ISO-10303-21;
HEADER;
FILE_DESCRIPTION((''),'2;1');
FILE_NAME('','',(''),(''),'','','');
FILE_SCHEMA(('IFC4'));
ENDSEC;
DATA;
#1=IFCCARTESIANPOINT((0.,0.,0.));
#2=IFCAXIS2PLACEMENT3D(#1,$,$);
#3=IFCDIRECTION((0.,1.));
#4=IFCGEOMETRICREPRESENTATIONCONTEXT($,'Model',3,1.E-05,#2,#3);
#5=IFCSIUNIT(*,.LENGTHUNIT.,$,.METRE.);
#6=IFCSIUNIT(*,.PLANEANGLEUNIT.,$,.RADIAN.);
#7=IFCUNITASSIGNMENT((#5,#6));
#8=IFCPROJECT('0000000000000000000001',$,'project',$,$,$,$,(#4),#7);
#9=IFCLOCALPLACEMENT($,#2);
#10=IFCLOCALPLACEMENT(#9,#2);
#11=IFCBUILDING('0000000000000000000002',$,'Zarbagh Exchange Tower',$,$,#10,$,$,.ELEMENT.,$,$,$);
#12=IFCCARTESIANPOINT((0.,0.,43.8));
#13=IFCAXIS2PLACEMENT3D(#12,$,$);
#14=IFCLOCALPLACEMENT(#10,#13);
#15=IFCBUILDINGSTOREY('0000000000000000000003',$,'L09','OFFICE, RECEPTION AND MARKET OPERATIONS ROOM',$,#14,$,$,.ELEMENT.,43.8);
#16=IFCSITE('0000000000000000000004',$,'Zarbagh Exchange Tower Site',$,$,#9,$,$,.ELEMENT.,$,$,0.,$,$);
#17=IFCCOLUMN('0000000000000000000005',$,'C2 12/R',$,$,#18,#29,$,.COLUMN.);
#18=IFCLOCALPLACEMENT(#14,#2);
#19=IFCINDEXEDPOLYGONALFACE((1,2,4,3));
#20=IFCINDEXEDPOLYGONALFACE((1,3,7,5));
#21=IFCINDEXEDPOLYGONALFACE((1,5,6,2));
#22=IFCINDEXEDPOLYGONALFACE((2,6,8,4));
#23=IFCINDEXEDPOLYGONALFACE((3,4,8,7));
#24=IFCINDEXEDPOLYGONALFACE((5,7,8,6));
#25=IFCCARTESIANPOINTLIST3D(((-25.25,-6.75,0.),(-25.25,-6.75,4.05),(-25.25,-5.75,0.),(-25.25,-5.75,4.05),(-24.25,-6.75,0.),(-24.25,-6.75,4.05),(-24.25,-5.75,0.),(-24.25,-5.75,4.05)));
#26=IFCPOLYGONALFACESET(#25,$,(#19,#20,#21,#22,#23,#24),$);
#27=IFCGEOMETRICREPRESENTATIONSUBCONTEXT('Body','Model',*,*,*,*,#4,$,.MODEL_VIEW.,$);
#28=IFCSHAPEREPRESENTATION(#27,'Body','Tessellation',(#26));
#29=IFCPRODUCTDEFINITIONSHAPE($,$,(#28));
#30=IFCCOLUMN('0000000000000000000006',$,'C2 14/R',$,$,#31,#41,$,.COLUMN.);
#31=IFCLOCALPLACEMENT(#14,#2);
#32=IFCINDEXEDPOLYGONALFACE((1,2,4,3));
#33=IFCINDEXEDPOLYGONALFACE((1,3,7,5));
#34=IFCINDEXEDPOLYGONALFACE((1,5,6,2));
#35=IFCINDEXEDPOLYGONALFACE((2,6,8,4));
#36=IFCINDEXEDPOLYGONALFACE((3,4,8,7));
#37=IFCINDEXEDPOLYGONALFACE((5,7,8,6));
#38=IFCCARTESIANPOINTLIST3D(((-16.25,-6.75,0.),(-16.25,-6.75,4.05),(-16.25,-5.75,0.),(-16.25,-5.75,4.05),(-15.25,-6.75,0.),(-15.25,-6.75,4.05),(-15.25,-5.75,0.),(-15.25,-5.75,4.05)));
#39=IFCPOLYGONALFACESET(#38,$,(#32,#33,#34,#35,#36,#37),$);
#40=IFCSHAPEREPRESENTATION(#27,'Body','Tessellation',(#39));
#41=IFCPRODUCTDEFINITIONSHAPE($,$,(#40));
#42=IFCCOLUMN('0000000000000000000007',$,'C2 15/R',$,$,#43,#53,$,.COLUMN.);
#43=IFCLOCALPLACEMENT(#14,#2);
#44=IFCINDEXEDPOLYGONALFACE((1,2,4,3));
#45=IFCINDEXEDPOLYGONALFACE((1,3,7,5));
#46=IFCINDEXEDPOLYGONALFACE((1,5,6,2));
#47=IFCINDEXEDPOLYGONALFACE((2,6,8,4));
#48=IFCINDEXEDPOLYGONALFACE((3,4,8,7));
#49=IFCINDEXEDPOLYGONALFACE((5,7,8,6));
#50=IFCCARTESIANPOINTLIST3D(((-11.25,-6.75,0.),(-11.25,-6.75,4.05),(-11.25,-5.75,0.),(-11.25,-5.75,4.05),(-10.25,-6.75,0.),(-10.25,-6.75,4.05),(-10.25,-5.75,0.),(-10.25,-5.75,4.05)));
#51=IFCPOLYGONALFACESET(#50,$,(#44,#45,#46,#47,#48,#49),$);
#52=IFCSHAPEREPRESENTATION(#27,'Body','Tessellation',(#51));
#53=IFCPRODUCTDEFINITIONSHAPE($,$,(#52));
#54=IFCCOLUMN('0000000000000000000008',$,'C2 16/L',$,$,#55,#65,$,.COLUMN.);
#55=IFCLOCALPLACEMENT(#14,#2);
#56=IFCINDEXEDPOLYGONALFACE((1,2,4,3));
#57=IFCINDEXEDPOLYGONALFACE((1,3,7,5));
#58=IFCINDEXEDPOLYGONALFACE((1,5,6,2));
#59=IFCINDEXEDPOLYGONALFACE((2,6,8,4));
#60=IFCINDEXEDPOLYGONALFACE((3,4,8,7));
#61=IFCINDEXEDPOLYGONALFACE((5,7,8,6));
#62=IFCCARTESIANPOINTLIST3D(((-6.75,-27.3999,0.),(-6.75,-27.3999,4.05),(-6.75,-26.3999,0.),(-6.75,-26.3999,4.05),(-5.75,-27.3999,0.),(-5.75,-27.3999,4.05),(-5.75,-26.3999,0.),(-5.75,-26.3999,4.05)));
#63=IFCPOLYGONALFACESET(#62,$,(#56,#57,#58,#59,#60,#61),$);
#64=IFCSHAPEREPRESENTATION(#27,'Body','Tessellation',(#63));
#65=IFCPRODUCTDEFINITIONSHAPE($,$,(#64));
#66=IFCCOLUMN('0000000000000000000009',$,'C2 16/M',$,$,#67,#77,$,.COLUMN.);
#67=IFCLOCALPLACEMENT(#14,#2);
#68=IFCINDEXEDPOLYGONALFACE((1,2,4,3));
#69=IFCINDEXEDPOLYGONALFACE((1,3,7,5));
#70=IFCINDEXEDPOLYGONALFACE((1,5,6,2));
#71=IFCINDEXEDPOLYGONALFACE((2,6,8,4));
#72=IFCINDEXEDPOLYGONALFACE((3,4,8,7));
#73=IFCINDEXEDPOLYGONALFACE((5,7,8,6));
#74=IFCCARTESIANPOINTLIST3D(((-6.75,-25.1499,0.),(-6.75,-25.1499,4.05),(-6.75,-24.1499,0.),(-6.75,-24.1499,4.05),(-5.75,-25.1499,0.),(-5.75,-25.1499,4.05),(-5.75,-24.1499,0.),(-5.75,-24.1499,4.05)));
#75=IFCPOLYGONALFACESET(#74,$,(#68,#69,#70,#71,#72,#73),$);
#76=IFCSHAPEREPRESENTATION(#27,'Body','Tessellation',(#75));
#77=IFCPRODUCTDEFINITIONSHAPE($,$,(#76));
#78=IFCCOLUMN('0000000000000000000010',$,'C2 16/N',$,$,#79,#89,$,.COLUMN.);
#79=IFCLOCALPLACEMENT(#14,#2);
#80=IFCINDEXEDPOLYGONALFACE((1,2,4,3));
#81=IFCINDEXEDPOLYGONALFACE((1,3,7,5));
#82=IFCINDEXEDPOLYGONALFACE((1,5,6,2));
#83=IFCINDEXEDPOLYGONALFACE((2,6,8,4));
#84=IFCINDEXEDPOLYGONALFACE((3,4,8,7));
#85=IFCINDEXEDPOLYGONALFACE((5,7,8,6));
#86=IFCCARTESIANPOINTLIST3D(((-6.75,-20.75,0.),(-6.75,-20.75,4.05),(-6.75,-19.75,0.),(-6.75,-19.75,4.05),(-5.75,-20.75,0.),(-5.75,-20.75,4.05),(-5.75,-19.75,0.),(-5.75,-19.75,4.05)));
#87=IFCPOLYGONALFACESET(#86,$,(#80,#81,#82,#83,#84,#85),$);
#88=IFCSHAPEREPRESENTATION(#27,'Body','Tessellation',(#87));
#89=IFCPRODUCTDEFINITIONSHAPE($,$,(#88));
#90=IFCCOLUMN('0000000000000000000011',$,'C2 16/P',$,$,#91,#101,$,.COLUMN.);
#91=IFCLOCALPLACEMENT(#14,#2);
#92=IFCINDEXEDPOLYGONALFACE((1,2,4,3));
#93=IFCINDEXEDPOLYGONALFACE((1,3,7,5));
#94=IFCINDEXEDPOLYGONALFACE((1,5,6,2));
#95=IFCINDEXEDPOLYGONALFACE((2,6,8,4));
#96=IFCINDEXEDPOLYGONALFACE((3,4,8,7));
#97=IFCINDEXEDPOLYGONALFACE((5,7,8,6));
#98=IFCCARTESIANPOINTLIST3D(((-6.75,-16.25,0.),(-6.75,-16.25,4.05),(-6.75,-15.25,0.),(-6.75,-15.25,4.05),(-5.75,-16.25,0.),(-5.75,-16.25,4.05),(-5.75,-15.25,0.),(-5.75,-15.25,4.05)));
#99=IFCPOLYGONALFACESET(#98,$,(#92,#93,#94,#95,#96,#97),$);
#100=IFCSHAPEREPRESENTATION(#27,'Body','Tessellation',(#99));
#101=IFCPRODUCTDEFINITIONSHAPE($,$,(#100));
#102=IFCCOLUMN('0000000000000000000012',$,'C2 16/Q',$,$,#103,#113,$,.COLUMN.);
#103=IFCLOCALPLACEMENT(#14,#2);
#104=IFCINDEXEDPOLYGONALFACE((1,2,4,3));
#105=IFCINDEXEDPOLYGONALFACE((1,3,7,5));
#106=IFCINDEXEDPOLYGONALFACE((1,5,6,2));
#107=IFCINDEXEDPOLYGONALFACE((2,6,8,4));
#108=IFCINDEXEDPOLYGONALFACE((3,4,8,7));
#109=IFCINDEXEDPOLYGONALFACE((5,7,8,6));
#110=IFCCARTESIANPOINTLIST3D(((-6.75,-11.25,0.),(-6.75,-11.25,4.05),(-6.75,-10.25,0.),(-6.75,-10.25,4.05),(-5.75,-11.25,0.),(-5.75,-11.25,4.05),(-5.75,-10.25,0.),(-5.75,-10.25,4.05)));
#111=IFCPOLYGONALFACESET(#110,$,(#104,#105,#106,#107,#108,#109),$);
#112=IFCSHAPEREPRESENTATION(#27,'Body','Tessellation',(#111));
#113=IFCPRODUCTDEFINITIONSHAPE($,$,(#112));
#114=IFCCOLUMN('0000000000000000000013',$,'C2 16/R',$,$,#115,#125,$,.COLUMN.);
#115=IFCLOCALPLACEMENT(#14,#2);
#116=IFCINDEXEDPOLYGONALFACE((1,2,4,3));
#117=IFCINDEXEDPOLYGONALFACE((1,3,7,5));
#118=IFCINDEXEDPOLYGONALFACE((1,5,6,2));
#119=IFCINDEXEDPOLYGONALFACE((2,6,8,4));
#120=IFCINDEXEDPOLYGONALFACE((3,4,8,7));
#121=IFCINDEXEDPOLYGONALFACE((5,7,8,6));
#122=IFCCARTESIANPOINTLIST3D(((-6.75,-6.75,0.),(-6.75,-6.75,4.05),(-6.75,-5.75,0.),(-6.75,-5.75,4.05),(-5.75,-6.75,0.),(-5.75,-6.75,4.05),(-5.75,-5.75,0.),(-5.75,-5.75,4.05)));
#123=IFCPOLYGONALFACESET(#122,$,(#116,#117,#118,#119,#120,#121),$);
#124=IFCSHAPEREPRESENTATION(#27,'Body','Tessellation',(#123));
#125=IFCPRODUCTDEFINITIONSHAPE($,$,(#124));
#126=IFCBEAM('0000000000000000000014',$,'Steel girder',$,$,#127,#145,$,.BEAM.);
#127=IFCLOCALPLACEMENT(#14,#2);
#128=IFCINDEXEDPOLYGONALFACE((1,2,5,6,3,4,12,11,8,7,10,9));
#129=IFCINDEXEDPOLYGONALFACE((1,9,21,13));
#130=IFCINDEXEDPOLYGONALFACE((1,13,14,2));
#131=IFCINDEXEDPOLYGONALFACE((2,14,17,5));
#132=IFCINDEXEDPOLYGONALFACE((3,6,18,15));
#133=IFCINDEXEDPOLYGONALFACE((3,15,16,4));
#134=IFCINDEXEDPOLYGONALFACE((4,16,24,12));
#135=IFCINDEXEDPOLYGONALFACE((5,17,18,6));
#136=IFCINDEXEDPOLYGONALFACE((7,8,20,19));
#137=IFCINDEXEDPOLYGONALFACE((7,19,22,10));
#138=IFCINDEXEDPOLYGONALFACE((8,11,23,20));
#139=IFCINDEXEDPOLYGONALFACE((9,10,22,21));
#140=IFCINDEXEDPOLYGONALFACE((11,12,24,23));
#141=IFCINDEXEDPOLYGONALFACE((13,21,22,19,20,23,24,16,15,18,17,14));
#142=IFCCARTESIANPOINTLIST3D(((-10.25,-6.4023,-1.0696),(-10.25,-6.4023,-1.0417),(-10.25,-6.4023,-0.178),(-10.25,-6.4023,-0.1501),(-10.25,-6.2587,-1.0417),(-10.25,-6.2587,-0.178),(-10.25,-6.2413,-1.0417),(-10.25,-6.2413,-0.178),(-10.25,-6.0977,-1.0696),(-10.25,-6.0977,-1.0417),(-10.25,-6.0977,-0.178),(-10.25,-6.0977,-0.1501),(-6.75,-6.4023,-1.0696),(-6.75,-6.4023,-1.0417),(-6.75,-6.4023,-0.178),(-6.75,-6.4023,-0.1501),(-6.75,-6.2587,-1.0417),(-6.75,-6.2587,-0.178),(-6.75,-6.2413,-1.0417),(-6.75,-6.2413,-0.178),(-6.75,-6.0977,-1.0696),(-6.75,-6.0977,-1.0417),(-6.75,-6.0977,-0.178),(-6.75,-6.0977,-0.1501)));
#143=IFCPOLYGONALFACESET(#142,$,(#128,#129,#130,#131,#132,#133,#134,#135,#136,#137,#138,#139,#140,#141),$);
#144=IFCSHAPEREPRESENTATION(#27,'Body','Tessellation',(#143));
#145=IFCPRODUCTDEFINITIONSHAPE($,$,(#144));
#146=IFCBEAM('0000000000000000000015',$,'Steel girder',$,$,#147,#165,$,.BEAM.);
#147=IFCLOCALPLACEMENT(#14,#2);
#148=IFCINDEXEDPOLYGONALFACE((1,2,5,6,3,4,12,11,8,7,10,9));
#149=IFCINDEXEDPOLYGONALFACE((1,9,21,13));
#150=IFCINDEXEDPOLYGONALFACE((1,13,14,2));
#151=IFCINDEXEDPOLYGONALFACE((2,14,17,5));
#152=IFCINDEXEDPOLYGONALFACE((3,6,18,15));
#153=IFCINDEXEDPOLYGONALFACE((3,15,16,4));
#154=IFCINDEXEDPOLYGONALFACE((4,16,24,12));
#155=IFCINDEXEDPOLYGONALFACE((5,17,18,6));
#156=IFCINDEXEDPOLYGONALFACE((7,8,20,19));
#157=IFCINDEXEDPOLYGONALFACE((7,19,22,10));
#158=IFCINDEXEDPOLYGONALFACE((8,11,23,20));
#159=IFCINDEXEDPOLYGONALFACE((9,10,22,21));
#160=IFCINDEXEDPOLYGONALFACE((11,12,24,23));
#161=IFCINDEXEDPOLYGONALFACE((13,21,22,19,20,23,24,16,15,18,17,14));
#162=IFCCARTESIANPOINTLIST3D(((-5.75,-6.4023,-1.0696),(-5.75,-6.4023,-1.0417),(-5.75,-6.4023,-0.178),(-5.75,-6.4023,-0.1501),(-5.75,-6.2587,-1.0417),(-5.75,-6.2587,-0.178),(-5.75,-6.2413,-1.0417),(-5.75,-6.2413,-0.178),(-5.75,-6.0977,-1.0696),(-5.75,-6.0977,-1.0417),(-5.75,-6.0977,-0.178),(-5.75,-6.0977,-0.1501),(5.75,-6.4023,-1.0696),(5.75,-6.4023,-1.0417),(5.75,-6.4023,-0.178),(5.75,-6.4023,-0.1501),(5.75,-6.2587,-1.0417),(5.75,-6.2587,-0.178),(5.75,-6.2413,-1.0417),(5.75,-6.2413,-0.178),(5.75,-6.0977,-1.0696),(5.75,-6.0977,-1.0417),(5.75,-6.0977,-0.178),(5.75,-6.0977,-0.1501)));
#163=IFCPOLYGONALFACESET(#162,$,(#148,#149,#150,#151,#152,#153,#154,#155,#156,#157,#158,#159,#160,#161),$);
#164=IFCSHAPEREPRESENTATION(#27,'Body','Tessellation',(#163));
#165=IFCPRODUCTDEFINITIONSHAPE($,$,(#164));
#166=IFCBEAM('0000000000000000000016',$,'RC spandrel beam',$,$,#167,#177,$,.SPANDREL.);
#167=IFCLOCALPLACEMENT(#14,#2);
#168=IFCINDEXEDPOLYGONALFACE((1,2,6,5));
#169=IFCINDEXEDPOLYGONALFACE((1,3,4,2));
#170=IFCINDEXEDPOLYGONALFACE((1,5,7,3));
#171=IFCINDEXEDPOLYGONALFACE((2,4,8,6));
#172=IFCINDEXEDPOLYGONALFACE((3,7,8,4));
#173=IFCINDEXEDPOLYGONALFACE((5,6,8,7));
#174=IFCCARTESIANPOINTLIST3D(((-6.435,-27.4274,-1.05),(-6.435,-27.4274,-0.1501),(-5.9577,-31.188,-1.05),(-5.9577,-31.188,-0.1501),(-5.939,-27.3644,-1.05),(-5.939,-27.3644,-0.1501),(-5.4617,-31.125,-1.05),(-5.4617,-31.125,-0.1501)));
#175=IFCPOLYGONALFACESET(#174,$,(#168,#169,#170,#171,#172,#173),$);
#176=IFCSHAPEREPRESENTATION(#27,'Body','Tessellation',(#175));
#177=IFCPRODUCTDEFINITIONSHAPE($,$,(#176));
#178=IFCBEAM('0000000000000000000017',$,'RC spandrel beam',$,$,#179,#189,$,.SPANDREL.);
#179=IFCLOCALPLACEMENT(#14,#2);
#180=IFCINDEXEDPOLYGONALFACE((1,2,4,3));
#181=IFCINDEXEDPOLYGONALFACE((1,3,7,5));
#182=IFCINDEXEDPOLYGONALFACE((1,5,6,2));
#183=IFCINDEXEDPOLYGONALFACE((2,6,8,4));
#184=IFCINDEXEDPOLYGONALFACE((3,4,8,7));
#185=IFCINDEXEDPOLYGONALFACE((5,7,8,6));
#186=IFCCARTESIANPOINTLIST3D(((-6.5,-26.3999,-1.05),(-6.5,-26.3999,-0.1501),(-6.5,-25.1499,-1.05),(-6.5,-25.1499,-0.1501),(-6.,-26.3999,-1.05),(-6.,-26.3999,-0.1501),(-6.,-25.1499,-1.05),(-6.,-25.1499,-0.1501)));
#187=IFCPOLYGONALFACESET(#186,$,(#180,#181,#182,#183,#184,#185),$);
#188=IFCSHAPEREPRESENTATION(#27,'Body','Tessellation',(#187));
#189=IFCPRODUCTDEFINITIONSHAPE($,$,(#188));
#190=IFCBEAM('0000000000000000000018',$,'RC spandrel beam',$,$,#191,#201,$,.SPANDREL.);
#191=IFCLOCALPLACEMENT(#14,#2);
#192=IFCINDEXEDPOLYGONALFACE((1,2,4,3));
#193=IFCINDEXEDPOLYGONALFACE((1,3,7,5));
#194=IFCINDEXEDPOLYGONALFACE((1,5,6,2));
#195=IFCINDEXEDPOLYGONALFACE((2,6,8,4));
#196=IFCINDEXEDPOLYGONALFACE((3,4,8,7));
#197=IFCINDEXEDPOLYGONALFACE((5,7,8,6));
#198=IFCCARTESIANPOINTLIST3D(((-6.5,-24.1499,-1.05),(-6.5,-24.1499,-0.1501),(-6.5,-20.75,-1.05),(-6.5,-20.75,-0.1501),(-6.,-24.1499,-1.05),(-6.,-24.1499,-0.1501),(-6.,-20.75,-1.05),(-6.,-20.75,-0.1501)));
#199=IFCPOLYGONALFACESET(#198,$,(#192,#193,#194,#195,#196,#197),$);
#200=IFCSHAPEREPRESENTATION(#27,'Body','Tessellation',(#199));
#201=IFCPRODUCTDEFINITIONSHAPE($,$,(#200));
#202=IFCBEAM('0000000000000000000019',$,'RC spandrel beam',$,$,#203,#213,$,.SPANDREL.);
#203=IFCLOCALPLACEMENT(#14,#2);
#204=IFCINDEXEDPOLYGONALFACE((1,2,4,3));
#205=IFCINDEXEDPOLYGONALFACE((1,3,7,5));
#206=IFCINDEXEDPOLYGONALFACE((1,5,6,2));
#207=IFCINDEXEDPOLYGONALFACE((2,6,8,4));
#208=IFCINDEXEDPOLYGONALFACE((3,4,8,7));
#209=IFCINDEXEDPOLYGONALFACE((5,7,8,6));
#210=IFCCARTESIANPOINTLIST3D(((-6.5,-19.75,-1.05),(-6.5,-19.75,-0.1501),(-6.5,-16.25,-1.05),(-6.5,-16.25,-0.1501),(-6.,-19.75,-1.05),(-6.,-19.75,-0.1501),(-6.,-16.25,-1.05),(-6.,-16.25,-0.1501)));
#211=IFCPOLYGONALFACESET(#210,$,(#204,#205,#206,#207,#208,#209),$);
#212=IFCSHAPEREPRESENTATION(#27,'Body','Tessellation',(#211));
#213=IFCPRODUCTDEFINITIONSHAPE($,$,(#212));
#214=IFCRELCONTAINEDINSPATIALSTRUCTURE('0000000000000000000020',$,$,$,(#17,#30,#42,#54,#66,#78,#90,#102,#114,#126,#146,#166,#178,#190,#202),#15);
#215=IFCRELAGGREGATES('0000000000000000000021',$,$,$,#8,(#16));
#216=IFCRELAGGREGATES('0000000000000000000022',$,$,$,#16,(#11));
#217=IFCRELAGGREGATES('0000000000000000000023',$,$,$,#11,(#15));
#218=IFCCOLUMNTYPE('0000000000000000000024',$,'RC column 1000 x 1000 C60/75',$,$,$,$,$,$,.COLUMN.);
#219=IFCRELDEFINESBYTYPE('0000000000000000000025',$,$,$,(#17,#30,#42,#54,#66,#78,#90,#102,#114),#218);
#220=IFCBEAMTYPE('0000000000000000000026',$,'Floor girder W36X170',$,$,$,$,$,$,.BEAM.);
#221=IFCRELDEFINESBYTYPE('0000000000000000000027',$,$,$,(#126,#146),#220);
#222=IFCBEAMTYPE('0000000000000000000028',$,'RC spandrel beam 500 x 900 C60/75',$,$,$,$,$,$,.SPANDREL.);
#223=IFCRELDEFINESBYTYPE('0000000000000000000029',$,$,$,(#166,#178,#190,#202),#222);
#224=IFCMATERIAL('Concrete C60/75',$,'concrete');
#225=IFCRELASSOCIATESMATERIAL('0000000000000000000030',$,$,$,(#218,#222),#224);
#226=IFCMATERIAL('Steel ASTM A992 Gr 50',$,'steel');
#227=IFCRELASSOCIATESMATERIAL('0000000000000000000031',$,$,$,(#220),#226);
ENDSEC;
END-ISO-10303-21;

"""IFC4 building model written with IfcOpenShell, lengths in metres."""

from ifc_helpers import new_model, si_unit, direction, frame, origin, origin_2d, place, context, subcontext, project, spatial, rectangle, i_section, extrude, material, material_profile, profile_set, type_object, element, save


model = new_model("IFC4")

# Units and contexts
model_context = context("Model", 3, precision=1e-05, world=origin(), true_north=direction((0.0, 1.0)))
body_context = subcontext(model_context, "Body", "Model", "MODEL_VIEW")
ifc_project = project(units=[si_unit("LENGTHUNIT", "METRE"), si_unit("PLANEANGLEUNIT", "RADIAN")], contexts=[model_context])

# Site, building, storey
site_placement = place(None, origin())
site = spatial("IfcSite", under=ifc_project, at=site_placement, Name="Zarbagh Exchange Tower Site", CompositionType="ELEMENT", RefElevation=0.0)
building_placement = place(site_placement, origin())
building = spatial("IfcBuilding", under=site, at=building_placement, Name="Zarbagh Exchange Tower", CompositionType="ELEMENT")
storey_placement = place(building_placement, frame((0.0, 0.0, 43.8)))
storey = spatial("IfcBuildingStorey", under=building, at=storey_placement, Name="L09", Description="OFFICE, RECEPTION AND MARKET OPERATIONS ROOM", CompositionType="ELEMENT", Elevation=43.8)

# Columns
ifc_material_1 = material(Name="Concrete C60/75", Category="concrete")
ifc_material_profile_1 = material_profile(ifc_material_1, rectangle(XDim=1.0, YDim=1.0, at=origin_2d()), Name="RC column 1000 x 1000 C60/75")
ifc_profile_set_1 = profile_set([ifc_material_profile_1], Name="Concrete C60/75")
column_type = type_object("IfcColumnType", Name="RC column 1000 x 1000 C60/75", PredefinedType="COLUMN", material=ifc_profile_set_1)
for number, where, z_axis, x_axis, name in (
    (1, (-24.75, -6.25, 0.0), (0.0, 0.0, 1.0), (1.0, 0.0, 0.0), "C2 12/R"),
    (2, (-15.75, -6.25, 0.0), (0.0, 0.0, 1.0), (1.0, 0.0, 0.0), "C2 14/R"),
    (3, (-10.75, -6.25, 0.0), (0.0, 0.0, 1.0), (1.0, 0.0, 0.0), "C2 15/R"),
    (4, (-6.25, -26.8999, 0.0), (0.0, 0.0, 1.0), (1.0, 0.0, 0.0), "C2 16/L"),
    (5, (-6.25, -24.6499, 0.0), (0.0, 0.0, 1.0), (1.0, 0.0, 0.0), "C2 16/M"),
    (6, (-6.25, -20.25, 0.0), (0.0, 0.0, 1.0), (1.0, 0.0, 0.0), "C2 16/N"),
    (7, (-6.25, -15.75, 0.0), (0.0, 0.0, 1.0), (1.0, 0.0, 0.0), "C2 16/P"),
    (8, (-6.25, -10.75, 0.0), (0.0, 0.0, 1.0), (1.0, 0.0, 0.0), "C2 16/Q"),
    (9, (-6.25, -6.25, 0.0), (0.0, 0.0, 1.0), (1.0, 0.0, 0.0), "C2 16/R"),
):
    element("IfcColumn", number, at=place(storey_placement, frame(where, z_axis=z_axis, x_axis=x_axis)), inside=storey, type_object=column_type, Name=name, PredefinedType="COLUMN", context=body_context, shape_type="SweptSolid", body=[
        extrude(rectangle(XDim=1.0, YDim=1.0, at=origin_2d()), origin(), (0.0, 0.0, 1.0), 4.05),
    ])

# Beams
ifc_material_2 = material(Name="Steel ASTM A992 Gr 50", Category="steel")
ifc_material_profile_2 = material_profile(ifc_material_2, i_section(OverallWidth=0.3047, OverallDepth=0.9194, WebThickness=0.0173, FlangeThickness=0.0278, at=origin_2d()), Name="W36X170")
ifc_profile_set_2 = profile_set([ifc_material_profile_2], Name="Steel ASTM A992 Gr 50")
beam_type_1 = type_object("IfcBeamType", Name="Floor girder W36X170", PredefinedType="BEAM", material=ifc_profile_set_2)
beam_1_placement = place(storey_placement, frame((-10.25, -6.25, -0.6099), z_axis=(1.0, 0.0, 0.0), x_axis=(0.0, 1.0, 0.0)))
element("IfcBeam", 10, at=beam_1_placement, inside=storey, type_object=beam_type_1, Name="Steel girder", PredefinedType="BEAM", context=body_context, shape_type="SweptSolid", body=[
    extrude(i_section(OverallWidth=0.3047, OverallDepth=0.9194, WebThickness=0.0173, FlangeThickness=0.0278, at=origin_2d()), origin(), (0.0, 0.0, 1.0), 3.5),
])
beam_2_placement = place(storey_placement, frame((-5.75, -6.25, -0.6099), z_axis=(1.0, 0.0, 0.0), x_axis=(0.0, 1.0, 0.0)))
element("IfcBeam", 11, at=beam_2_placement, inside=storey, type_object=beam_type_1, Name="Steel girder", PredefinedType="BEAM", context=body_context, shape_type="SweptSolid", body=[
    extrude(i_section(OverallWidth=0.3047, OverallDepth=0.9194, WebThickness=0.0173, FlangeThickness=0.0278, at=origin_2d()), origin(), (0.0, 0.0, 1.0), 11.5),
])
ifc_material_profile_3 = material_profile(ifc_material_1, rectangle(XDim=0.5, YDim=0.8999, at=origin_2d()), Name="RC spandrel beam 500 x 900 C60/75")
ifc_profile_set_3 = profile_set([ifc_material_profile_3], Name="Concrete C60/75")
beam_type_2 = type_object("IfcBeamType", Name="RC spandrel beam 500 x 900 C60/75", PredefinedType="SPANDREL", material=ifc_profile_set_3)
beam_3_placement = place(storey_placement, frame((-5.7097, -31.1565, -0.6001), z_axis=(-0.125913, 0.992041, 0.0), x_axis=(-0.992041, -0.125913, 0.0)))
element("IfcBeam", 12, at=beam_3_placement, inside=storey, type_object=beam_type_2, Name="RC spandrel beam", PredefinedType="SPANDREL", context=body_context, shape_type="SweptSolid", body=[
    extrude(rectangle(XDim=0.5, YDim=0.8999, at=origin_2d()), origin(), (0.0, 0.0, 1.0), 3.7908),
])
beam_4_placement = place(storey_placement, frame((-6.25, -26.3999, -0.6001), z_axis=(0.0, 1.0, 0.0), x_axis=(-1.0, 0.0, 0.0)))
element("IfcBeam", 13, at=beam_4_placement, inside=storey, type_object=beam_type_2, Name="RC spandrel beam", PredefinedType="SPANDREL", context=body_context, shape_type="SweptSolid", body=[
    extrude(rectangle(XDim=0.5, YDim=0.8999, at=origin_2d()), origin(), (0.0, 0.0, 1.0), 1.25),
])
beam_5_placement = place(storey_placement, frame((-6.25, -24.1499, -0.6001), z_axis=(0.0, 1.0, 0.0), x_axis=(-1.0, 0.0, 0.0)))
element("IfcBeam", 14, at=beam_5_placement, inside=storey, type_object=beam_type_2, Name="RC spandrel beam", PredefinedType="SPANDREL", context=body_context, shape_type="SweptSolid", body=[
    extrude(rectangle(XDim=0.5, YDim=0.8999, at=origin_2d()), origin(), (0.0, 0.0, 1.0), 3.3999),
])
beam_6_placement = place(storey_placement, frame((-6.25, -19.75, -0.6001), z_axis=(0.0, 1.0, 0.0), x_axis=(-1.0, 0.0, 0.0)))
element("IfcBeam", 15, at=beam_6_placement, inside=storey, type_object=beam_type_2, Name="RC spandrel beam", PredefinedType="SPANDREL", context=body_context, shape_type="SweptSolid", body=[
    extrude(rectangle(XDim=0.5, YDim=0.8999, at=origin_2d()), origin(), (0.0, 0.0, 1.0), 3.5),
])

save(model, "model.ifc")
